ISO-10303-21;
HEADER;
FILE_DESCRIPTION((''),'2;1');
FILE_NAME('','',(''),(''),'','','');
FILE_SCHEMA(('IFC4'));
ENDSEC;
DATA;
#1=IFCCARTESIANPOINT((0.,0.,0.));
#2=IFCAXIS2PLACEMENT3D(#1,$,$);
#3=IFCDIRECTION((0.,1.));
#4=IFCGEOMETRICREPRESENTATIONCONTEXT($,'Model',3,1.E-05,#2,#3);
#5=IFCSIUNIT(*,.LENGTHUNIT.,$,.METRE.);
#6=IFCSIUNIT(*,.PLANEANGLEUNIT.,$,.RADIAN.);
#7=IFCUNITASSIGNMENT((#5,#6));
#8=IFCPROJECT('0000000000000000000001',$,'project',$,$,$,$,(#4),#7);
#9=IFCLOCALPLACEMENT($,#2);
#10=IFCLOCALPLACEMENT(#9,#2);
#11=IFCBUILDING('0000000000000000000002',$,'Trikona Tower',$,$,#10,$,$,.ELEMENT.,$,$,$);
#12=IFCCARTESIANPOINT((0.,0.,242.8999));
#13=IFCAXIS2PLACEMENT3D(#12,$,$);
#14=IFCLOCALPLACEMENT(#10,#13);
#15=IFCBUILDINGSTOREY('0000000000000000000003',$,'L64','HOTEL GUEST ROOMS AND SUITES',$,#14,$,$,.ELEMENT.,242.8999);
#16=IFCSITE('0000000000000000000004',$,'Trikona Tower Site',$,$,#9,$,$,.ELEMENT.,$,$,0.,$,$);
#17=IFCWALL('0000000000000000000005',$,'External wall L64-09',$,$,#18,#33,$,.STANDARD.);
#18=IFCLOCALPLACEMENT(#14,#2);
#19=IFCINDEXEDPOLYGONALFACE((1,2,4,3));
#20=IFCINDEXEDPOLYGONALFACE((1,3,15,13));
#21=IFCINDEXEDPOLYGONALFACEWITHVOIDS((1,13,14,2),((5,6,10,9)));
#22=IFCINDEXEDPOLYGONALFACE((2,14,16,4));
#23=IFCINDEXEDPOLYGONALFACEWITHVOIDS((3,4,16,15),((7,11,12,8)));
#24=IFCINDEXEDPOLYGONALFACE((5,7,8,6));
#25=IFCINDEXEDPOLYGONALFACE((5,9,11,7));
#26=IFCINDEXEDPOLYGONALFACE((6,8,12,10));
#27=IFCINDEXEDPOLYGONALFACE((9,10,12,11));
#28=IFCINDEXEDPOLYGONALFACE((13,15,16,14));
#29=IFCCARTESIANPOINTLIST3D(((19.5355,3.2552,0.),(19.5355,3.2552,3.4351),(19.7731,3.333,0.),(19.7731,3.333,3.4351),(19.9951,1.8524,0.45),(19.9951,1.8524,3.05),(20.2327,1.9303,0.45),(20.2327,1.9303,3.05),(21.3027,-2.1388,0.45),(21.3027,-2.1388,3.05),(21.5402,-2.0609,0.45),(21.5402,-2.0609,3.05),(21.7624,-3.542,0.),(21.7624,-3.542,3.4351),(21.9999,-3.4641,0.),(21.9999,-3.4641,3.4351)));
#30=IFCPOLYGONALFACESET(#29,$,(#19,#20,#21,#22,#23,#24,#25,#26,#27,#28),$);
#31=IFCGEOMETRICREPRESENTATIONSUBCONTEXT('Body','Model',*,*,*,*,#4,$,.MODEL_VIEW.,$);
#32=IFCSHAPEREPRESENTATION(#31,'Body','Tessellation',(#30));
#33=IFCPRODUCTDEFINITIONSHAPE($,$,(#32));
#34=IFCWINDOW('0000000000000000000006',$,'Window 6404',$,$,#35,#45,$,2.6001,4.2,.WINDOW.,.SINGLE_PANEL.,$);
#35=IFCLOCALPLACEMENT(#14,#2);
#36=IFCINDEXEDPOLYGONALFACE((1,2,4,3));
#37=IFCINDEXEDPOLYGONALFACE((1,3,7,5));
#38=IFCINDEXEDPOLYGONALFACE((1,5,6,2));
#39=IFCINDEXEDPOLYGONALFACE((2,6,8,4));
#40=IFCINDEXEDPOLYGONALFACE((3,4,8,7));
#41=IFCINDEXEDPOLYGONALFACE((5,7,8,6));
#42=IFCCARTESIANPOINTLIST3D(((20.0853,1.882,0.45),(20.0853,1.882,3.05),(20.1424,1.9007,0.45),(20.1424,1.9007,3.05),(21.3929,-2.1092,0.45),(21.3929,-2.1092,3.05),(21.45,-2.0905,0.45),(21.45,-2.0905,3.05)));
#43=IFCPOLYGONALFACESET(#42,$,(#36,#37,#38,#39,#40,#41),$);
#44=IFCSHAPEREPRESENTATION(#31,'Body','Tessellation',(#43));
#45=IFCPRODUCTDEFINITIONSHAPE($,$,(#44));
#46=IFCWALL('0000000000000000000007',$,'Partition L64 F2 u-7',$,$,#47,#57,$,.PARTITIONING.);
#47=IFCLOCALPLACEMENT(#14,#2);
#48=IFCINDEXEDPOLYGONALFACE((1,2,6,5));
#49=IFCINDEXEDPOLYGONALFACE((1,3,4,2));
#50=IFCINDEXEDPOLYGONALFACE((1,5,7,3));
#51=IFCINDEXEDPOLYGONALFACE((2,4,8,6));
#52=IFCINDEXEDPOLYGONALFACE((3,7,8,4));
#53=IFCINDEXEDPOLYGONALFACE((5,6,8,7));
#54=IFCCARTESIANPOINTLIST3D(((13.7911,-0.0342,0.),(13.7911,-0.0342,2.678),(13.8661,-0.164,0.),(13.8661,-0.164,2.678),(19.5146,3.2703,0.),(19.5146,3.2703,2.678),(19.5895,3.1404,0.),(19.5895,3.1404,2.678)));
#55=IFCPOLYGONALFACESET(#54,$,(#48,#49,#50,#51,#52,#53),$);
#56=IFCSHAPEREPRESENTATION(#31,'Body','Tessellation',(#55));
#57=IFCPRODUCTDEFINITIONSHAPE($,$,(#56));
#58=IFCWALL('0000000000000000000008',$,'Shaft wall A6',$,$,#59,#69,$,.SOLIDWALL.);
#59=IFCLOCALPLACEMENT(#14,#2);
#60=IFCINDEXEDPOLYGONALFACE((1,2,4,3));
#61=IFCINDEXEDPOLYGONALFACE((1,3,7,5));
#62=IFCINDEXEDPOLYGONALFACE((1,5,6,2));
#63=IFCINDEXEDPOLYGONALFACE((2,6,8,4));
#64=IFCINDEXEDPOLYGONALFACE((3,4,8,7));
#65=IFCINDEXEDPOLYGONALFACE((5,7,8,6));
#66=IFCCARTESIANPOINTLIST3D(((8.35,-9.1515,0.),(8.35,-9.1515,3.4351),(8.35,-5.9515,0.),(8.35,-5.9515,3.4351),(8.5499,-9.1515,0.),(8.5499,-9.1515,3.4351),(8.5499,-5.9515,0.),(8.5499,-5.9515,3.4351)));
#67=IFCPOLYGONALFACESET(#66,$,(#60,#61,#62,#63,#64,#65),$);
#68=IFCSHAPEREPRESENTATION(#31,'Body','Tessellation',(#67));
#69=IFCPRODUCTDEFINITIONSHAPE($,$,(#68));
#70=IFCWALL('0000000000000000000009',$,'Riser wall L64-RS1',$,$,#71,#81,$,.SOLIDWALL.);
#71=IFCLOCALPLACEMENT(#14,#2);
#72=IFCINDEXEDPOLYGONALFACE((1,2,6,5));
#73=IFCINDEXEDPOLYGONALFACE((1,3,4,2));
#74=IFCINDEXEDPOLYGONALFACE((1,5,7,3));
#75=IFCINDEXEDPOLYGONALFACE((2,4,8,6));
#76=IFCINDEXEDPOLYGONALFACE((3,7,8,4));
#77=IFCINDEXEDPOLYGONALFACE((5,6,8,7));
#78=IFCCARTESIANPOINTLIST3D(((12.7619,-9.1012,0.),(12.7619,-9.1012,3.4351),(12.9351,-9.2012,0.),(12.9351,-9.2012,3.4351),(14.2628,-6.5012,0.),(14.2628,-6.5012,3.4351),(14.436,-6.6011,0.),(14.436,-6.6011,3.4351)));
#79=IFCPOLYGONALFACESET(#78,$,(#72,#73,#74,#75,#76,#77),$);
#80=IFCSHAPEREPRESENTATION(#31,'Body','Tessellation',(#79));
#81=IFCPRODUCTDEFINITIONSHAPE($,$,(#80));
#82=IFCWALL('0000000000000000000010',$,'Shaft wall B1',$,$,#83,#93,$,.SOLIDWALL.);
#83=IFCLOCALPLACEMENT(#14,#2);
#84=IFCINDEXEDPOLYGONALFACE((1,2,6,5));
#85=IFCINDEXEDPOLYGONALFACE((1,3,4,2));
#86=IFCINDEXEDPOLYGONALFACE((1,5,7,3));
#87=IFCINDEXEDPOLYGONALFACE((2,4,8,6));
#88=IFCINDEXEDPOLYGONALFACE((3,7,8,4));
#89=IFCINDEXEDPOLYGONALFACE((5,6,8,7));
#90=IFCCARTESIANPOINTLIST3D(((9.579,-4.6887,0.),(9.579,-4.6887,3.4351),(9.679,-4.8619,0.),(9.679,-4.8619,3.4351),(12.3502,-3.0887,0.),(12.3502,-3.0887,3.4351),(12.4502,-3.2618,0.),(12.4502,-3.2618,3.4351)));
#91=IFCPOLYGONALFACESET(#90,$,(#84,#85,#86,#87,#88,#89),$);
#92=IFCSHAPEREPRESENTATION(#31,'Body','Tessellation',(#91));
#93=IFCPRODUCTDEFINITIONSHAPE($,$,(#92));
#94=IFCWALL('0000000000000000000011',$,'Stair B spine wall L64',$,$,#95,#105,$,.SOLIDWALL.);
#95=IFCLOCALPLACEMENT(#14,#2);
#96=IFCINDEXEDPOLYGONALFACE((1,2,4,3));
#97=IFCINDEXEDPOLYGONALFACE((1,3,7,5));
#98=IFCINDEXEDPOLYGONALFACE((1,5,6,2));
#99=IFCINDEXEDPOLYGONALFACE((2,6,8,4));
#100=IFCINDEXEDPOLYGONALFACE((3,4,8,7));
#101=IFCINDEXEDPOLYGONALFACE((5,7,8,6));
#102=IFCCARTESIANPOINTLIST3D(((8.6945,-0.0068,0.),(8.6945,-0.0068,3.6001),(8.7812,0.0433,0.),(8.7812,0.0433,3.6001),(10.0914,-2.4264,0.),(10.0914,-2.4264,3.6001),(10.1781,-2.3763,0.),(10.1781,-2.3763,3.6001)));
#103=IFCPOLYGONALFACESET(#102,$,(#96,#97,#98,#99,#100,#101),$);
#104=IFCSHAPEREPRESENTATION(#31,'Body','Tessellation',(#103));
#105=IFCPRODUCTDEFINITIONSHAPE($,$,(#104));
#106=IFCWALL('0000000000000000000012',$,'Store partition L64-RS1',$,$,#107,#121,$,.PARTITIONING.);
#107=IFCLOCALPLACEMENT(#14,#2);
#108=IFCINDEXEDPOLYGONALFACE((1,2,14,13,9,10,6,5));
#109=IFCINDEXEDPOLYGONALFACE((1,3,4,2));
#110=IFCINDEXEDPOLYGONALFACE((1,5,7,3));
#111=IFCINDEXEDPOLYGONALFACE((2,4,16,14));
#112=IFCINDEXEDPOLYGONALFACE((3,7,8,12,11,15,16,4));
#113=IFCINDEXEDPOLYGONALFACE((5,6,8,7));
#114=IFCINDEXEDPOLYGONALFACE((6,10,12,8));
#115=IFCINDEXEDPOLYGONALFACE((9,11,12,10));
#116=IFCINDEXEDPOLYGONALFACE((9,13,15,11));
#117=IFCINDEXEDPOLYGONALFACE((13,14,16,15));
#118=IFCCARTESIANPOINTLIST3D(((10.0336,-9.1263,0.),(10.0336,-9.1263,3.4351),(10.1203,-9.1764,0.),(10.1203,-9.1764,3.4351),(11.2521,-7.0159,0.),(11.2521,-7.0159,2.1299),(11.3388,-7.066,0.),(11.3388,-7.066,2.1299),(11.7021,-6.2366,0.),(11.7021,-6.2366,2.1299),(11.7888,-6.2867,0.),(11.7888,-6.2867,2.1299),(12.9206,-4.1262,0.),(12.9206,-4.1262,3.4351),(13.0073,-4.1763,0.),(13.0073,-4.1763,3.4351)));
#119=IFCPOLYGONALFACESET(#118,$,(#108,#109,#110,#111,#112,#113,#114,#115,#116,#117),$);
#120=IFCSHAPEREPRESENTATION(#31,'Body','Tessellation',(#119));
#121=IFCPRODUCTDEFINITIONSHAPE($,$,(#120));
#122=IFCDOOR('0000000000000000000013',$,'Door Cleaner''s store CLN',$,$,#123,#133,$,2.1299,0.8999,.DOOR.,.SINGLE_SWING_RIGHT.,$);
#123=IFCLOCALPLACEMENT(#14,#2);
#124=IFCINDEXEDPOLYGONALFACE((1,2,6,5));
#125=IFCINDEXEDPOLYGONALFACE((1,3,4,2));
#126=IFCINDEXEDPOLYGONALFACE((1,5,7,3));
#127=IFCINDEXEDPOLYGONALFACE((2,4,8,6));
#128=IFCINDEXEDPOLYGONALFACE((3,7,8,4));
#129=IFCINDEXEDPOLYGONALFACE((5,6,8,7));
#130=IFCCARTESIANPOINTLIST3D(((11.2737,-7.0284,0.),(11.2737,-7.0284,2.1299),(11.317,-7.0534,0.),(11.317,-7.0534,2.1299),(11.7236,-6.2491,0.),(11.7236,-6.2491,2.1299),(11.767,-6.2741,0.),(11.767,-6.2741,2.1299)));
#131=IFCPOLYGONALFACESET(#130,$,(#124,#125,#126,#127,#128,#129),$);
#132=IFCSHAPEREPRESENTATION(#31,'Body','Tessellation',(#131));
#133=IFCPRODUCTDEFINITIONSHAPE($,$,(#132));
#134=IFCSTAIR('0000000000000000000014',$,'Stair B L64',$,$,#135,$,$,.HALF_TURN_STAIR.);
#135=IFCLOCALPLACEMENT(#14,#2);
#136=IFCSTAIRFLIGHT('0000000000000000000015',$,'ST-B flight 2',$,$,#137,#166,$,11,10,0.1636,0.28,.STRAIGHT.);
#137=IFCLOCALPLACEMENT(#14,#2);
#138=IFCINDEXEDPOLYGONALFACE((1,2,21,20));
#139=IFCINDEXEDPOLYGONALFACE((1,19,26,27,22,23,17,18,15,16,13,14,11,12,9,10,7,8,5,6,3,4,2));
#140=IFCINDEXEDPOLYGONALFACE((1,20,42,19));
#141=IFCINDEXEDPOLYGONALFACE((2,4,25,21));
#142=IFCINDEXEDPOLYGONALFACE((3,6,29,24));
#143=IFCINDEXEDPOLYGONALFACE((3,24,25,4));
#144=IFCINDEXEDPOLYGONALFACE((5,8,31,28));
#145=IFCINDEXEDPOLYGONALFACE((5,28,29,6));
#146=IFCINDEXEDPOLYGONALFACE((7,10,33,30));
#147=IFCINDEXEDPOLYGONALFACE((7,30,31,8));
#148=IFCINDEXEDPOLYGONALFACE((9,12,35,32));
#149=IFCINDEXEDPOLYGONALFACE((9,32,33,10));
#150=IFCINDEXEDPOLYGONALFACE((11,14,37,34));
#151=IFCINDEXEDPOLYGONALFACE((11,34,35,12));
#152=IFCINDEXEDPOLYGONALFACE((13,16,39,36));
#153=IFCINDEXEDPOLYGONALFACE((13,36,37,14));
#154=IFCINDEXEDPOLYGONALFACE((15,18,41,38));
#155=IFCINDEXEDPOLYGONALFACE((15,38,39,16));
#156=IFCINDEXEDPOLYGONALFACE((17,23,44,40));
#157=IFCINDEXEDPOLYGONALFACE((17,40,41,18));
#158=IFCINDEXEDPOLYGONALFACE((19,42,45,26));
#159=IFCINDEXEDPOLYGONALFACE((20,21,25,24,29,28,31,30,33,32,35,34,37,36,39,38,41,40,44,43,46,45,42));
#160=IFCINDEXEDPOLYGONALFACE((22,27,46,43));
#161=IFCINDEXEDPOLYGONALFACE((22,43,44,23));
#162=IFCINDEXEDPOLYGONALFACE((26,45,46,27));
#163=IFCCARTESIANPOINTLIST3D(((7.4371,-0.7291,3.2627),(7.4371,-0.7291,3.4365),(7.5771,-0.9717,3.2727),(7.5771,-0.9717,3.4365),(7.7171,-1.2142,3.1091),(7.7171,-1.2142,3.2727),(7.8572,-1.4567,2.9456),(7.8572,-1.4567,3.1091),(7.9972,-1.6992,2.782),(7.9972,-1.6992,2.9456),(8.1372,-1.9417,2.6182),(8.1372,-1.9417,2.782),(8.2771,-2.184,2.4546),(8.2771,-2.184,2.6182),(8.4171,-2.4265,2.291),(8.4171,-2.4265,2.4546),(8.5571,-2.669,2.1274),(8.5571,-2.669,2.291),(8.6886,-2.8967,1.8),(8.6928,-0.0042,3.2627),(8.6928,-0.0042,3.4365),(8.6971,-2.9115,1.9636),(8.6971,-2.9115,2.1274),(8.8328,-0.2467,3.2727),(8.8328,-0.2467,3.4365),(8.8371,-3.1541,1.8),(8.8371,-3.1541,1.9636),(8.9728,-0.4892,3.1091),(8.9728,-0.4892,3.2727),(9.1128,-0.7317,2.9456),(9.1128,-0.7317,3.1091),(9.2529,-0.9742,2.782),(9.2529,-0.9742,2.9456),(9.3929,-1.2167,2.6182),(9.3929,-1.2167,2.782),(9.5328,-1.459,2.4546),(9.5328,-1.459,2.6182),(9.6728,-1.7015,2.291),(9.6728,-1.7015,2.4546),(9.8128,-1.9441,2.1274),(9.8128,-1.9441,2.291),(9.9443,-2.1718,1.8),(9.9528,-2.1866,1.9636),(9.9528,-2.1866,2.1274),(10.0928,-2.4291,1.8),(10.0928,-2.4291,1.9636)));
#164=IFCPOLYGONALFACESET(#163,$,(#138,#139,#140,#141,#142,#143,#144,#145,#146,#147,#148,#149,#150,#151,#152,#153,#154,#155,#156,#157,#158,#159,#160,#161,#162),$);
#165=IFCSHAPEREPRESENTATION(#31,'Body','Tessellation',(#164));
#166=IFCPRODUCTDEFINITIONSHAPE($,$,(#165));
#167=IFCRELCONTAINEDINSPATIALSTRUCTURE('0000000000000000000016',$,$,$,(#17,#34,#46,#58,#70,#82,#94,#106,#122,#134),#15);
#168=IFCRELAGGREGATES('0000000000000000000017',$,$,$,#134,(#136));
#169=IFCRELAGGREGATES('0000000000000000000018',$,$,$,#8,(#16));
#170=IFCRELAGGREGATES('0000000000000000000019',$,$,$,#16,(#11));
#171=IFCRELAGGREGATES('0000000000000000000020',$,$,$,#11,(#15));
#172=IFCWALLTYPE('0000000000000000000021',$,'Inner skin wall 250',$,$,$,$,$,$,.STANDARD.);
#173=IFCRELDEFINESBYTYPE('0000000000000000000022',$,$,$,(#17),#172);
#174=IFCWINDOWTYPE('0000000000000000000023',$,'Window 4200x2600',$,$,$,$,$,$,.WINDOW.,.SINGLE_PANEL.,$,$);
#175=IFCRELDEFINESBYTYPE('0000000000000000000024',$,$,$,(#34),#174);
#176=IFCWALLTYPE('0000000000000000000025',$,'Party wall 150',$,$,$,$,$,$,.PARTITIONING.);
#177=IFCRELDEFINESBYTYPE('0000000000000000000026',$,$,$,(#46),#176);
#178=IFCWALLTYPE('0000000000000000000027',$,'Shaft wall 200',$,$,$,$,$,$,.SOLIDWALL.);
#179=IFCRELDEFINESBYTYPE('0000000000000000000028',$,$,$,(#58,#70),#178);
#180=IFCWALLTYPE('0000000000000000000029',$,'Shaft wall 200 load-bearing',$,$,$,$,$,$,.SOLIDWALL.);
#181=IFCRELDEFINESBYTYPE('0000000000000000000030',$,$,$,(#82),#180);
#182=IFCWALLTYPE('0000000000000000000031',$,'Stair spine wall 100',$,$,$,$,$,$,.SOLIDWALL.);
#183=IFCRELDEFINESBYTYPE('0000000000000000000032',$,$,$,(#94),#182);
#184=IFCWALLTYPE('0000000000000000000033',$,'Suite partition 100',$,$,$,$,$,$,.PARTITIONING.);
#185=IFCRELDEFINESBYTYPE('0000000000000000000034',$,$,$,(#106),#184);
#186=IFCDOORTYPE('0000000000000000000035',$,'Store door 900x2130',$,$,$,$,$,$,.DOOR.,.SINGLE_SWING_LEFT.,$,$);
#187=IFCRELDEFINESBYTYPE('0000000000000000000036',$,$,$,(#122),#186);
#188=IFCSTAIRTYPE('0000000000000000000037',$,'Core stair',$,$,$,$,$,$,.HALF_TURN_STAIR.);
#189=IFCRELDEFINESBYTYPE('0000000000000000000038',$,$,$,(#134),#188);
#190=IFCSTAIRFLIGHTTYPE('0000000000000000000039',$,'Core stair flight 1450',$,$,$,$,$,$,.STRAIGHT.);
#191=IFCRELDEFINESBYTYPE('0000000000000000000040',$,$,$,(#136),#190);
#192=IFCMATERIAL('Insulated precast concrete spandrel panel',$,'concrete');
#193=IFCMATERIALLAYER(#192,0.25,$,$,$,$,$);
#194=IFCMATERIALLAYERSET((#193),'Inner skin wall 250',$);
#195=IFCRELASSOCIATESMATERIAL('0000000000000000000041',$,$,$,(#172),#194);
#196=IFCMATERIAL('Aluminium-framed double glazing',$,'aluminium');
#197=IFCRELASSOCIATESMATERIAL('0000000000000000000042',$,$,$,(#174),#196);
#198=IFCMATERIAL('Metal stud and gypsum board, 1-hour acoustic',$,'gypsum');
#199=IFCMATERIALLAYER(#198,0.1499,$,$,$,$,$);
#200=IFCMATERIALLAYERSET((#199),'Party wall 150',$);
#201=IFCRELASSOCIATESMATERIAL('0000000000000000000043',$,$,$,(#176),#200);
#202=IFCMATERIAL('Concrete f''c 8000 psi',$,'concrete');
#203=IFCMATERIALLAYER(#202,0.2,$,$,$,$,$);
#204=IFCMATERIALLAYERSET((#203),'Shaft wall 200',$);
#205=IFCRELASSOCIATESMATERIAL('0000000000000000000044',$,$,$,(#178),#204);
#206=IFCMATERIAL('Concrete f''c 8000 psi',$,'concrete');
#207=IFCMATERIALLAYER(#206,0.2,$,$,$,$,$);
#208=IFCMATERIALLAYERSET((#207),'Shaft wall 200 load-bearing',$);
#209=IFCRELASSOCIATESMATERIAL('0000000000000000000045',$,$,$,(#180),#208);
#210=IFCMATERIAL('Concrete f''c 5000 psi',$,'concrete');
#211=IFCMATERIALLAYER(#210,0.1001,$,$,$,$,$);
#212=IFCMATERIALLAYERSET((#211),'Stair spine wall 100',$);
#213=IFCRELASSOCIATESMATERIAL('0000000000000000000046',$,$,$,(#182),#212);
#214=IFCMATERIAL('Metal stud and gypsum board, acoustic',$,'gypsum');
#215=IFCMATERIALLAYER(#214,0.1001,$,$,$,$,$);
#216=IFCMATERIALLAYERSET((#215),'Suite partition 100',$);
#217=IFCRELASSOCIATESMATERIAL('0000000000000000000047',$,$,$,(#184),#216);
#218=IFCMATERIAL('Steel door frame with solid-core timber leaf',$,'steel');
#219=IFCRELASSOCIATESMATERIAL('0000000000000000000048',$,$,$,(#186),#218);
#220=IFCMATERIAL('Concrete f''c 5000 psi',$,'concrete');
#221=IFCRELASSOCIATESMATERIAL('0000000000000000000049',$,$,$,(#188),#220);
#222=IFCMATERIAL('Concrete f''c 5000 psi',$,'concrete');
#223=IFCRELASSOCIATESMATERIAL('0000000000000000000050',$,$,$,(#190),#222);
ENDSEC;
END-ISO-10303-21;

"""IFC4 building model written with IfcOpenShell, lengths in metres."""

from ifc_helpers import new_model, si_unit, direction, frame, frame_2d, origin, place, context, subcontext, project, spatial, polyline, rectangle, outline, extrude, material, layer, layer_set, type_object, element, fill, aggregate, save


model = new_model("IFC4")

# Units and contexts
model_context = context("Model", 3, precision=1e-05, world=origin(), true_north=direction((0.0, 1.0)))
body_context = subcontext(model_context, "Body", "Model", "MODEL_VIEW")
ifc_project = project(units=[si_unit("LENGTHUNIT", "METRE"), si_unit("PLANEANGLEUNIT", "RADIAN")], contexts=[model_context])

# Site, building, storey
site_placement = place(None, origin())
site = spatial("IfcSite", under=ifc_project, at=site_placement, Name="Trikona Tower Site", CompositionType="ELEMENT", RefElevation=0.0)
building_placement = place(site_placement, origin())
building = spatial("IfcBuilding", under=site, at=building_placement, Name="Trikona Tower", CompositionType="ELEMENT")
storey_placement = place(building_placement, frame((0.0, 0.0, 242.8999)))
storey = spatial("IfcBuildingStorey", under=building, at=storey_placement, Name="L64", Description="HOTEL GUEST ROOMS AND SUITES", CompositionType="ELEMENT", Elevation=242.8999)

# Wall, opening, window
ifc_material_1 = material(Name="Insulated precast concrete spandrel panel", Category="concrete")
ifc_layer_1 = layer(ifc_material_1, 0.25)
ifc_layer_set_1 = layer_set([ifc_layer_1], Name="Inner skin wall 250")
wall_type_1 = type_object("IfcWallType", Name="Inner skin wall 250", PredefinedType="STANDARD", material=ifc_layer_set_1)
wall_1_placement = place(storey_placement, frame((21.8811, -3.5029, 0.0), z_axis=(0.0, 0.0, 1.0), x_axis=(-0.311329, 0.950302, 0.0)))
wall_1 = element("IfcWall", 1, at=wall_1_placement, inside=storey, type_object=wall_type_1, Name="External wall L64-09", PredefinedType="STANDARD", context=body_context, shape_type="SweptSolid", body=[
    extrude(rectangle(XDim=7.1526, YDim=0.25, at=frame_2d((3.5762, 0.0))), origin(), (0.0, 0.0, 1.0), 3.4351),
])
opening_1_placement = place(wall_1_placement, frame((1.4763, 0.0, 0.45)))
opening_1 = element("IfcOpeningElement", 2, at=opening_1_placement, cuts=wall_1, PredefinedType="OPENING", context=body_context, shape_type="SweptSolid", body=[
    extrude(rectangle(XDim=4.2, YDim=2.6001, at=frame_2d((2.1001, 1.3))), frame((0.0, 0.135, 0.0), z_axis=(0.0, -1.0, 0.0), x_axis=(1.0, 0.0, 0.0)), (0.0, 0.0, 1.0), 0.27),
])
ifc_material_2 = material(Name="Aluminium-framed double glazing", Category="aluminium")
window_type_1 = type_object("IfcWindowType", Name="Window 4200x2600", PartitioningType="SINGLE_PANEL", PredefinedType="WINDOW", material=ifc_material_2)
window_1_placement = place(opening_1_placement, origin())
window_1 = element("IfcWindow", 3, at=window_1_placement, inside=storey, type_object=window_type_1, Name="Window 6404", OverallHeight=2.6001, OverallWidth=4.2, PartitioningType="SINGLE_PANEL", PredefinedType="WINDOW", context=body_context, shape_type="SweptSolid", body=[
    extrude(rectangle(XDim=4.2, YDim=2.6001, at=frame_2d((2.1001, 1.3))), frame((0.0, 0.03, 0.0), z_axis=(0.0, -1.0, 0.0), x_axis=(1.0, 0.0, 0.0)), (0.0, 0.0, 1.0), 0.0601),
])
fill(opening_1, window_1)

# Walls
ifc_material_3 = material(Name="Metal stud and gypsum board, 1-hour acoustic", Category="gypsum")
ifc_layer_2 = layer(ifc_material_3, 0.1499)
ifc_layer_set_2 = layer_set([ifc_layer_2], Name="Party wall 150")
wall_type_2 = type_object("IfcWallType", Name="Party wall 150", PredefinedType="PARTITIONING", material=ifc_layer_set_2)
wall_2_placement = place(storey_placement, frame((13.8286, -0.0991, 0.0), z_axis=(0.0, 0.0, 1.0), x_axis=(0.866023, 0.500005, 0.0)))
element("IfcWall", 4, at=wall_2_placement, inside=storey, type_object=wall_type_2, Name="Partition L64 F2 u-7", PredefinedType="PARTITIONING", context=body_context, shape_type="SweptSolid", body=[
    extrude(rectangle(XDim=6.6089, YDim=0.1499, at=frame_2d((3.3044, 0.0))), origin(), (0.0, 0.0, 1.0), 2.678),
])
ifc_material_4 = material(Name="Concrete f'c 8000 psi", Category="concrete")
ifc_layer_3 = layer(ifc_material_4, 0.2)
ifc_layer_set_3 = layer_set([ifc_layer_3], Name="Shaft wall 200")
wall_type_3 = type_object("IfcWallType", Name="Shaft wall 200", PredefinedType="SOLIDWALL", material=ifc_layer_set_3)
wall_3_placement = place(storey_placement, frame((8.45, -5.9514, 0.0), z_axis=(0.0, 0.0, 1.0), x_axis=(0.0, -1.0, 0.0)))
element("IfcWall", 5, at=wall_3_placement, inside=storey, type_object=wall_type_3, Name="Shaft wall A6", PredefinedType="SOLIDWALL", context=body_context, shape_type="SweptSolid", body=[
    extrude(rectangle(XDim=3.2, YDim=0.2, at=frame_2d((1.6001, 0.0))), origin(), (0.0, 0.0, 1.0), 3.4351),
])
wall_4_placement = place(storey_placement, frame((14.3494, -6.5513, 0.0), z_axis=(0.0, 0.0, 1.0), x_axis=(-0.499952, -0.866053, 0.0)))
element("IfcWall", 6, at=wall_4_placement, inside=storey, type_object=wall_type_3, Name="Riser wall L64-RS1", PredefinedType="SOLIDWALL", context=body_context, shape_type="SweptSolid", body=[
    extrude(rectangle(XDim=3.0022, YDim=0.2, at=frame_2d((1.501, 0.0))), origin(), (0.0, 0.0, 1.0), 3.4351),
])
ifc_material_5 = material(Name="Concrete f'c 8000 psi", Category="concrete")
ifc_layer_4 = layer(ifc_material_5, 0.2)
ifc_layer_set_4 = layer_set([ifc_layer_4], Name="Shaft wall 200 load-bearing")
wall_type_4 = type_object("IfcWallType", Name="Shaft wall 200 load-bearing", PredefinedType="SOLIDWALL", material=ifc_layer_set_4)
wall_5_placement = place(storey_placement, frame((9.6289, -4.7754, 0.0), z_axis=(0.0, 0.0, 1.0), x_axis=(0.866009, 0.500028, 0.0)))
element("IfcWall", 7, at=wall_5_placement, inside=storey, type_object=wall_type_4, Name="Shaft wall B1", PredefinedType="SOLIDWALL", context=body_context, shape_type="SweptSolid", body=[
    extrude(rectangle(XDim=3.2, YDim=0.2, at=frame_2d((1.6001, 0.0))), origin(), (0.0, 0.0, 1.0), 3.4351),
])
ifc_material_6 = material(Name="Concrete f'c 5000 psi", Category="concrete")
ifc_layer_5 = layer(ifc_material_6, 0.1001)
ifc_layer_set_5 = layer_set([ifc_layer_5], Name="Stair spine wall 100")
wall_type_5 = type_object("IfcWallType", Name="Stair spine wall 100", PredefinedType="SOLIDWALL", material=ifc_layer_set_5)
wall_6_placement = place(storey_placement, frame((10.1348, -2.4014, 0.0), z_axis=(0.0, 0.0, 1.0), x_axis=(-0.499992, 0.86603, 0.0)))
element("IfcWall", 8, at=wall_6_placement, inside=storey, type_object=wall_type_5, Name="Stair B spine wall L64", PredefinedType="SOLIDWALL", context=body_context, shape_type="SweptSolid", body=[
    extrude(rectangle(XDim=2.7939, YDim=0.1001, at=frame_2d((1.397, 0.0))), origin(), (0.0, 0.0, 1.0), 3.6001),
])

# Wall, opening, door
ifc_material_7 = material(Name="Metal stud and gypsum board, acoustic", Category="gypsum")
ifc_layer_6 = layer(ifc_material_7, 0.1001)
ifc_layer_set_6 = layer_set([ifc_layer_6], Name="Suite partition 100")
wall_type_6 = type_object("IfcWallType", Name="Suite partition 100", PredefinedType="PARTITIONING", material=ifc_layer_set_6)
wall_7_placement = place(storey_placement, frame((12.9639, -4.1514, 0.0), z_axis=(0.0, 0.0, 1.0), x_axis=(-0.500027, -0.86601, 0.0)))
wall_7 = element("IfcWall", 9, at=wall_7_placement, inside=storey, type_object=wall_type_6, Name="Store partition L64-RS1", PredefinedType="PARTITIONING", context=body_context, shape_type="SweptSolid", body=[
    extrude(rectangle(XDim=5.7737, YDim=0.1001, at=frame_2d((2.8867, 0.0))), origin(), (0.0, 0.0, 1.0), 3.4351),
])
opening_2_placement = place(wall_7_placement, frame((2.4368, 0.0, 0.0)))
opening_2 = element("IfcOpeningElement", 10, at=opening_2_placement, cuts=wall_7, PredefinedType="OPENING", context=body_context, shape_type="SweptSolid", body=[
    extrude(rectangle(XDim=0.8999, YDim=2.1299, at=frame_2d((0.45, 1.0649))), frame((0.0, 0.0601, 0.0), z_axis=(0.0, -1.0, 0.0), x_axis=(1.0, 0.0, 0.0)), (0.0, 0.0, 1.0), 0.1201),
])
ifc_material_8 = material(Name="Steel door frame with solid-core timber leaf", Category="steel")
door_type_1 = type_object("IfcDoorType", Name="Store door 900x2130", OperationType="SINGLE_SWING_LEFT", PredefinedType="DOOR", material=ifc_material_8)
door_1_placement = place(opening_2_placement, origin())
door_1 = element("IfcDoor", 11, at=door_1_placement, inside=storey, type_object=door_type_1, Name="Door Cleaner's store CLN", OperationType="SINGLE_SWING_RIGHT", OverallHeight=2.1299, OverallWidth=0.8999, PredefinedType="DOOR", context=body_context, shape_type="SweptSolid", body=[
    extrude(rectangle(XDim=0.8999, YDim=2.1299, at=frame_2d((0.45, 1.0649))), frame((0.0, 0.0249, 0.0), z_axis=(0.0, -1.0, 0.0), x_axis=(1.0, 0.0, 0.0)), (0.0, 0.0, 1.0), 0.05),
])
fill(opening_2, door_1)

# Stair, stair flight
ifc_material_9 = material(Name="Concrete f'c 5000 psi", Category="concrete")
stair_type = type_object("IfcStairType", Name="Core stair", PredefinedType="HALF_TURN_STAIR", material=ifc_material_9)
stair_placement = place(storey_placement, origin())
stair = element("IfcStair", 12, at=stair_placement, inside=storey, type_object=stair_type, Name="Stair B L64", PredefinedType="HALF_TURN_STAIR")
ifc_material_10 = material(Name="Concrete f'c 5000 psi", Category="concrete")
stair_flight_type = type_object("IfcStairFlightType", Name="Core stair flight 1450", PredefinedType="STRAIGHT", material=ifc_material_10)
stair_flight_placement = place(storey_placement, frame((9.4651, -2.7915, 1.8), z_axis=(0.0, 0.0, 1.0), x_axis=(-0.5, 0.866025, 0.0)))
stair_flight = element("IfcStairFlight", 13, at=stair_flight_placement, type_object=stair_flight_type, Name="ST-B flight 2", NumberOfRisers=11, NumberOfTreads=10, PredefinedType="STRAIGHT", RiserHeight=0.1636, TreadLength=0.28, context=body_context, shape_type="SweptSolid", body=[
    extrude(outline(polyline([(0.0, 0.0), (0.0, 0.1636), (0.28, 0.1636), (0.28, 0.3274), (0.5601, 0.3274), (0.5601, 0.491), (0.8401, 0.491), (0.8401, 0.6545), (1.1201, 0.6545), (1.1201, 0.8181), (1.3999, 0.8181), (1.3999, 0.9819), (1.6799, 0.9819), (1.6799, 1.1455), (1.96, 1.1455), (1.96, 1.3091), (2.24, 1.3091), (2.24, 1.4727), (2.52, 1.4727), (2.52, 1.6365), (2.8, 1.6365), (2.8, 1.8), (2.8, 1.4626), (0.2971, 0.0), (0.0, 0.0)])), frame((0.0, 0.7251, 0.0), z_axis=(0.0, -1.0, 0.0), x_axis=(1.0, 0.0, 0.0)), (0.0, 0.0, 1.0), 1.45),
])
aggregate(stair, [stair_flight])

save(model, "model.ifc")
